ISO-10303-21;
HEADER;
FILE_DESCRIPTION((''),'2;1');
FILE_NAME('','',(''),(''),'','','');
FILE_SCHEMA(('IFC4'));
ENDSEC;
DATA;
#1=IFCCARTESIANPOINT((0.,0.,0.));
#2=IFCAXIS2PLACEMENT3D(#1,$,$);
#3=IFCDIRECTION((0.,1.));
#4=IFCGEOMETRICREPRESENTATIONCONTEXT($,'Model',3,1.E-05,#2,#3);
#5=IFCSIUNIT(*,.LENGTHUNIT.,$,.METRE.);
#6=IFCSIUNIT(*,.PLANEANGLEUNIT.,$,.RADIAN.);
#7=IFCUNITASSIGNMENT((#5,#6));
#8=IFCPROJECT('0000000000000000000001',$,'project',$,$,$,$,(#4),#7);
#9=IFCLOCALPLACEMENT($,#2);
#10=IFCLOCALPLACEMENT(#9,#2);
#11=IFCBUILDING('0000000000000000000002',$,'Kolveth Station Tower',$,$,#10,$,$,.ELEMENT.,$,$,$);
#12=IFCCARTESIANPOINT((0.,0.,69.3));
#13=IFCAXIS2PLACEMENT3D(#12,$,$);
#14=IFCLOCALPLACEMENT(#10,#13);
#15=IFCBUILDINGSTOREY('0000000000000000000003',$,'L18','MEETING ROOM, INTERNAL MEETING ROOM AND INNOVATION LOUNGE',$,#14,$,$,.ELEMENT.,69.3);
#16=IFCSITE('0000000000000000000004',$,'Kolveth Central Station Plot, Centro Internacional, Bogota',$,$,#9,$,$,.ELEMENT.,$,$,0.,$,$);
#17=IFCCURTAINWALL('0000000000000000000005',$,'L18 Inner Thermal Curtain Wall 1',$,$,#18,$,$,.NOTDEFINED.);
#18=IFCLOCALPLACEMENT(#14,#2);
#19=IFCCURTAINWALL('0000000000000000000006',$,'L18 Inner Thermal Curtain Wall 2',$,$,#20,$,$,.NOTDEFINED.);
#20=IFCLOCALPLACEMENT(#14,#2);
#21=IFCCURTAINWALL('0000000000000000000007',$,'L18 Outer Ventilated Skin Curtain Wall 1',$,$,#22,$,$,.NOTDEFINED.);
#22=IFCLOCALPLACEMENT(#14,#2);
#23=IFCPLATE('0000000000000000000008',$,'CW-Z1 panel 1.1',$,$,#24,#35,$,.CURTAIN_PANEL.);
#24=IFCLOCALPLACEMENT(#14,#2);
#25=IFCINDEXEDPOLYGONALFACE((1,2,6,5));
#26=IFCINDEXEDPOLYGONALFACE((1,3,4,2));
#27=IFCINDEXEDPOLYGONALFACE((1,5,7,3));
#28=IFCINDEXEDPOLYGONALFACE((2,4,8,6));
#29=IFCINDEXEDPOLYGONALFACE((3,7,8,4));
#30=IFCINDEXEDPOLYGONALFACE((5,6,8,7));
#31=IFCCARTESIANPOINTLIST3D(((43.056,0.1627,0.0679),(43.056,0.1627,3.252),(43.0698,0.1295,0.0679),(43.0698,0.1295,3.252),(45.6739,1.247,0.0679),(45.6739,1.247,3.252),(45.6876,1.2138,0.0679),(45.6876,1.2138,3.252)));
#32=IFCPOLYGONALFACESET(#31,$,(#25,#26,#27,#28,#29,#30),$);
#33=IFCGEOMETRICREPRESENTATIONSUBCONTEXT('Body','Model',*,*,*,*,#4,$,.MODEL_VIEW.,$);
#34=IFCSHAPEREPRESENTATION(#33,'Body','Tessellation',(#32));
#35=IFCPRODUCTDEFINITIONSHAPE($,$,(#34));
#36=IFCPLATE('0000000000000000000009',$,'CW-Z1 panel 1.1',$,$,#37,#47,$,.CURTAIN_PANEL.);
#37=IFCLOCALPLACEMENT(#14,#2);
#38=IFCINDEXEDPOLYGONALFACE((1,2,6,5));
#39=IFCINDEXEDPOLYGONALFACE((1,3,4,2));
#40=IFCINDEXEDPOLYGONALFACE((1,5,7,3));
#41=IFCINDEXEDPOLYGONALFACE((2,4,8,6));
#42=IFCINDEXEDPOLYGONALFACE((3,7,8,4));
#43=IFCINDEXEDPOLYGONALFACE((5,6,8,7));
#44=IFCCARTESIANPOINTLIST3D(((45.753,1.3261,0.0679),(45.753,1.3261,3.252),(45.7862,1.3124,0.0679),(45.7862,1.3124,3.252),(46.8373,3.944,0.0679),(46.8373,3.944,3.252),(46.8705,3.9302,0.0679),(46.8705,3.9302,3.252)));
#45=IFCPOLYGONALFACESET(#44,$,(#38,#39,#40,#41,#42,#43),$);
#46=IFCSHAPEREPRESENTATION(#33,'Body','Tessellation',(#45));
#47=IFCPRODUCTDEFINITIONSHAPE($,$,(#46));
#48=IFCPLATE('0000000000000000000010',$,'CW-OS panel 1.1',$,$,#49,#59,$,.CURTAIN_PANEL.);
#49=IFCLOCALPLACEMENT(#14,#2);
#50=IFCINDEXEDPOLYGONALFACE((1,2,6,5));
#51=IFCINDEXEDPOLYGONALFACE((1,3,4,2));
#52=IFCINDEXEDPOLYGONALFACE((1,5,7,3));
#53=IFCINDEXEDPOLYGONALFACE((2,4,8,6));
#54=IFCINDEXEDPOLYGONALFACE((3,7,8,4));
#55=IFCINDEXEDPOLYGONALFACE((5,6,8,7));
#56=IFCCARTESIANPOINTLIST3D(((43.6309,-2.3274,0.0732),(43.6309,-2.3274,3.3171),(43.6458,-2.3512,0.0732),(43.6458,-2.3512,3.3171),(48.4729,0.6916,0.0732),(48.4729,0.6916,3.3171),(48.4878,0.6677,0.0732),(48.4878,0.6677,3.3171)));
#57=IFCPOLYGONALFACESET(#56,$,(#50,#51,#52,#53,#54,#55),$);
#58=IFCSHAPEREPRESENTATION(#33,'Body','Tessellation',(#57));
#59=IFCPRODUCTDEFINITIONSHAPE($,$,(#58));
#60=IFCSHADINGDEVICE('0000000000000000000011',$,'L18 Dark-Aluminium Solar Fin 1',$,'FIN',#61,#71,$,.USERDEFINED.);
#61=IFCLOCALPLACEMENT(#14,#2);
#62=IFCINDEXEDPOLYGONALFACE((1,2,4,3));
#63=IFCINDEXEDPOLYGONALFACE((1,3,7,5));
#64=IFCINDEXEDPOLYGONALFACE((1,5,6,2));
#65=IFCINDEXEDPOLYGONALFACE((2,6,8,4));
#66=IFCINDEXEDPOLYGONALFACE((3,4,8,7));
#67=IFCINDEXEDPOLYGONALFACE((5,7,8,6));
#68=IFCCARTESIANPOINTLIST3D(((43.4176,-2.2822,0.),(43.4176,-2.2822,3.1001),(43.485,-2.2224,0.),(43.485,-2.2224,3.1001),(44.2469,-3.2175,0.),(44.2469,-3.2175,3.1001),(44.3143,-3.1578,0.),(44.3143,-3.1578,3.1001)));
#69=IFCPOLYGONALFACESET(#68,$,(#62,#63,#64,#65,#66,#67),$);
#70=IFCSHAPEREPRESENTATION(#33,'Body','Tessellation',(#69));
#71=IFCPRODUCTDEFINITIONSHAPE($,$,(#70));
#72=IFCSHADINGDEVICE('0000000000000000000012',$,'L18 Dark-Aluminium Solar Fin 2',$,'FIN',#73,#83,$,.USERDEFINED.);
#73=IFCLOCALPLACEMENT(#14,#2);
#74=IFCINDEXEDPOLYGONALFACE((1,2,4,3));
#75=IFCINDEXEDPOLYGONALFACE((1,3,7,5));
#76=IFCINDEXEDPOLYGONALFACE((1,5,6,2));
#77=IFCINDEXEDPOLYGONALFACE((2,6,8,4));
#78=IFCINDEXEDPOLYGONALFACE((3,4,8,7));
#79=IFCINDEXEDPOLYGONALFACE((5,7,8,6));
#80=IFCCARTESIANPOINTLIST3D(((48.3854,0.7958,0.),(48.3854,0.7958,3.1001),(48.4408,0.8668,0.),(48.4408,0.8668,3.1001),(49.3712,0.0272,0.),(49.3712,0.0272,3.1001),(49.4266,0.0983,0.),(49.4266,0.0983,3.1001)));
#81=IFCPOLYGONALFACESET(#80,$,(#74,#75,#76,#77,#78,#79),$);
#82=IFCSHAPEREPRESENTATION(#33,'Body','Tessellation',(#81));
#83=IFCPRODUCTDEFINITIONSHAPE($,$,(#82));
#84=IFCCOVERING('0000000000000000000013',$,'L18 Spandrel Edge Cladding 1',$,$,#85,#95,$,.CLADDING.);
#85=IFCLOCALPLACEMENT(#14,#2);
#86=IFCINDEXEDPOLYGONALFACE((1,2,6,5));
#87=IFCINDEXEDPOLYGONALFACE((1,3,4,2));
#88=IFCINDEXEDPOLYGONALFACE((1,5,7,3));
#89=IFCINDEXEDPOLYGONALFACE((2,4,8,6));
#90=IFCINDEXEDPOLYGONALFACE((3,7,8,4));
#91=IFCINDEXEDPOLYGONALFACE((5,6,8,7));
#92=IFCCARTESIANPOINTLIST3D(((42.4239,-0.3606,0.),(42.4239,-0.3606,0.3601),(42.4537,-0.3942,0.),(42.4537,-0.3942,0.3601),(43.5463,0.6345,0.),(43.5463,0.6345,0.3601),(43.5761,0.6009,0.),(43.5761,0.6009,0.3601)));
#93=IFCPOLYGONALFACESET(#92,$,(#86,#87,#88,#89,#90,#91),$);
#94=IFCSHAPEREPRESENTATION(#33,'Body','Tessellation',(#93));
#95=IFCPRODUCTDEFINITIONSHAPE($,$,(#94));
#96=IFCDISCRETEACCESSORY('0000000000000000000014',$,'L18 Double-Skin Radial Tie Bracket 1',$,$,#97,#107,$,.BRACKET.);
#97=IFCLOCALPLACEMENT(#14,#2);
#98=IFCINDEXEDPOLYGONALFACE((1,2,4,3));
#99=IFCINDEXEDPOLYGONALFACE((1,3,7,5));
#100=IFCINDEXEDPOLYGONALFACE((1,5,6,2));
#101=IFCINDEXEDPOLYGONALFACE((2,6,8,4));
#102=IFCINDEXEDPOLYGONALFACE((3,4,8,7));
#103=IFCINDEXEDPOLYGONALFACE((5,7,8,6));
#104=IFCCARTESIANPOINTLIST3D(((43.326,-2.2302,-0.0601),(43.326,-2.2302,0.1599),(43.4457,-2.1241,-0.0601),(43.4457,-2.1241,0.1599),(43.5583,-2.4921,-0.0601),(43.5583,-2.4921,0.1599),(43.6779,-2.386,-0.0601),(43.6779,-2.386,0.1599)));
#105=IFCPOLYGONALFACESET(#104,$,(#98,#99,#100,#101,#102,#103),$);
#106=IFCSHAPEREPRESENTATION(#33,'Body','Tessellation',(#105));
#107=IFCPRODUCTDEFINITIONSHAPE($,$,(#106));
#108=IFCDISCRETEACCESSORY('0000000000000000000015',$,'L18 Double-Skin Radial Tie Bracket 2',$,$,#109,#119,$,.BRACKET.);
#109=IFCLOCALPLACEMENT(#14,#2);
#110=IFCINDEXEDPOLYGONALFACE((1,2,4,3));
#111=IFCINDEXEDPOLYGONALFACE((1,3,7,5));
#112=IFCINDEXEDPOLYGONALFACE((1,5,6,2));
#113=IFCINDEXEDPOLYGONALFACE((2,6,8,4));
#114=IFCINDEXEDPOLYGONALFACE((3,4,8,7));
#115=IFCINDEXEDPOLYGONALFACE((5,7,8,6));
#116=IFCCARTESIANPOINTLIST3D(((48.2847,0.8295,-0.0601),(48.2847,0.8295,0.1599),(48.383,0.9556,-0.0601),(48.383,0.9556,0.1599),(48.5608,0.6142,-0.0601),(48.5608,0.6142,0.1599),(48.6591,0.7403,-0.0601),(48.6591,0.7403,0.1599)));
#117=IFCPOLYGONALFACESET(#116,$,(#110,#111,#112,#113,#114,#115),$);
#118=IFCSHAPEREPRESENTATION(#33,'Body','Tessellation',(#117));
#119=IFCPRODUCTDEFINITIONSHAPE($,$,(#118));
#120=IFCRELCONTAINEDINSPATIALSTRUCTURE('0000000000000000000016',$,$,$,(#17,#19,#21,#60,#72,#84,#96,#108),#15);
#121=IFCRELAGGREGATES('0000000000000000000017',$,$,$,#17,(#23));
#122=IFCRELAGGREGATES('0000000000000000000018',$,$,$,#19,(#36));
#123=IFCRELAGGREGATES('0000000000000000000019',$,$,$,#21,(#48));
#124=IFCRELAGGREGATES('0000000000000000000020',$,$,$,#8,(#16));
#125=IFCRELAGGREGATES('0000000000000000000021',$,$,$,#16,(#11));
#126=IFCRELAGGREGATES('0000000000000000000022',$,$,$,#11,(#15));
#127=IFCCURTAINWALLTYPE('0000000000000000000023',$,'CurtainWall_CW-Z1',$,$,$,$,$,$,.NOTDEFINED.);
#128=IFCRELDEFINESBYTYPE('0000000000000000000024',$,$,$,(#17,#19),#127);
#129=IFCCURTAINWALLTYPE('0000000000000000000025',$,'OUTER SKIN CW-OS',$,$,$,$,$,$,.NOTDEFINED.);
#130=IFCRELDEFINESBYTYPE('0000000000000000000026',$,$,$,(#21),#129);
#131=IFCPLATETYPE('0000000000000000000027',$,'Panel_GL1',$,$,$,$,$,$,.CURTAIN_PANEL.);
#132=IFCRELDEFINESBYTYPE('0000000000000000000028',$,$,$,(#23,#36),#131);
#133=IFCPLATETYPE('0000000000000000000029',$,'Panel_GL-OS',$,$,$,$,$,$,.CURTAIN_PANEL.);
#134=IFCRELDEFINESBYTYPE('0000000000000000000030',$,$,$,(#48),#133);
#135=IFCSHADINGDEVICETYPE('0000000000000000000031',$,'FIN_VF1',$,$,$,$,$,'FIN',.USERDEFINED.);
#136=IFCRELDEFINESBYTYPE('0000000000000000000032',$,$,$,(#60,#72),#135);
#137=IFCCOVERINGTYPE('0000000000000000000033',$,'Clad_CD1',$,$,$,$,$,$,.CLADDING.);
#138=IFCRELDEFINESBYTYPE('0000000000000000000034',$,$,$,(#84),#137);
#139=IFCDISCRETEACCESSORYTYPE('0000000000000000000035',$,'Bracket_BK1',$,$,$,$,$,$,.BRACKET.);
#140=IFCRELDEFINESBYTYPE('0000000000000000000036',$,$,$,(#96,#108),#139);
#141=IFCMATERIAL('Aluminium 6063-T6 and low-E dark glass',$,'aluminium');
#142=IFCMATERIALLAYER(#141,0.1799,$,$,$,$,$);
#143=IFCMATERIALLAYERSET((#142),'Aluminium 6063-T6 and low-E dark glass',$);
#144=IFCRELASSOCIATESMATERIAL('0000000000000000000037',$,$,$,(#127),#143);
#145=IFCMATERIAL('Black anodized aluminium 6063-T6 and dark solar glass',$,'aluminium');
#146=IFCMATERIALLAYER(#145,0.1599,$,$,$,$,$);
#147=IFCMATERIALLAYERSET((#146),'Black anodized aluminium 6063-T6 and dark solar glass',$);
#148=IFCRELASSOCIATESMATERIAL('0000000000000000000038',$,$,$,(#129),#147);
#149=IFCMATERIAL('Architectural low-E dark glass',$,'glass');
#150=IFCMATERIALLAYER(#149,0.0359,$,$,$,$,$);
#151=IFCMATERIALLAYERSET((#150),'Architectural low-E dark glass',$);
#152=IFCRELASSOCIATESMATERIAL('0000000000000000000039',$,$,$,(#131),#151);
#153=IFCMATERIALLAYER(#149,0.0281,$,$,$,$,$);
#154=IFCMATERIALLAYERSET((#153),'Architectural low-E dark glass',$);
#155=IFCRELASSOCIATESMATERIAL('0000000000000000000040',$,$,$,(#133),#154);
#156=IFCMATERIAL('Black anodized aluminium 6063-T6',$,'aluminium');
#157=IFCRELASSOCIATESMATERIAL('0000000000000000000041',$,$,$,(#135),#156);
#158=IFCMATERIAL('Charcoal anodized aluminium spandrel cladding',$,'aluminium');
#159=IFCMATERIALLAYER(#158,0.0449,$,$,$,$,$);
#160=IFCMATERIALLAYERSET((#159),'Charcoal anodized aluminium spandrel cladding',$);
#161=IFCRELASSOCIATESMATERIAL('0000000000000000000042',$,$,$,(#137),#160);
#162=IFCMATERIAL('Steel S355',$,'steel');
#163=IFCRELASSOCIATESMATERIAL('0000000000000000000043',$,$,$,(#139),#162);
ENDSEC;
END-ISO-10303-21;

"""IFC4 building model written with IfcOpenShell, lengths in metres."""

from ifc_helpers import new_model, si_unit, direction, frame, origin, origin_2d, place, context, subcontext, project, spatial, rectangle, extrude, source, transform, mapped, material, layer, layer_set, type_object, element, aggregate, save


model = new_model("IFC4")

# Units and contexts
model_context = context("Model", 3, precision=1e-05, world=origin(), true_north=direction((0.0, 1.0)))
body_context = subcontext(model_context, "Body", "Model", "MODEL_VIEW")
ifc_project = project(units=[si_unit("LENGTHUNIT", "METRE"), si_unit("PLANEANGLEUNIT", "RADIAN")], contexts=[model_context])

# Site, building, storey
site_placement = place(None, origin())
site = spatial("IfcSite", under=ifc_project, at=site_placement, Name="Kolveth Central Station Plot, Centro Internacional, Bogota", CompositionType="ELEMENT", RefElevation=0.0)
building_placement = place(site_placement, origin())
building = spatial("IfcBuilding", under=site, at=building_placement, Name="Kolveth Station Tower", CompositionType="ELEMENT")
storey_placement = place(building_placement, frame((0.0, 0.0, 69.3)))
storey = spatial("IfcBuildingStorey", under=building, at=storey_placement, Name="L18", Description="MEETING ROOM, INTERNAL MEETING ROOM AND INNOVATION LOUNGE", CompositionType="ELEMENT", Elevation=69.3)

# Shared definitions
ifc_material_1 = material(Name="Steel S355", Category="steel")

# Curtain walls
ifc_material_2 = material(Name="Aluminium 6063-T6 and low-E dark glass", Category="aluminium")
ifc_layer_1 = layer(ifc_material_2, 0.1799)
ifc_layer_set_1 = layer_set([ifc_layer_1], Name="Aluminium 6063-T6 and low-E dark glass")
curtain_wall_type_1 = type_object("IfcCurtainWallType", Name="CurtainWall_CW-Z1", PredefinedType="NOTDEFINED", material=ifc_layer_set_1)
curtain_wall_1_placement = place(storey_placement, origin())
curtain_wall_1 = element("IfcCurtainWall", 1, at=curtain_wall_1_placement, inside=storey, type_object=curtain_wall_type_1, Name="L18 Inner Thermal Curtain Wall 1", PredefinedType="NOTDEFINED")
ifc_material_3 = material(Name="Black anodized aluminium 6063-T6", Category="aluminium")
curtain_wall_2_placement = place(storey_placement, origin())
curtain_wall_2 = element("IfcCurtainWall", 2, at=curtain_wall_2_placement, inside=storey, type_object=curtain_wall_type_1, Name="L18 Inner Thermal Curtain Wall 2", PredefinedType="NOTDEFINED")

# Curtain wall
ifc_material_4 = material(Name="Black anodized aluminium 6063-T6 and dark solar glass", Category="aluminium")
ifc_layer_2 = layer(ifc_material_4, 0.1599)
ifc_layer_set_2 = layer_set([ifc_layer_2], Name="Black anodized aluminium 6063-T6 and dark solar glass")
curtain_wall_type_2 = type_object("IfcCurtainWallType", Name="OUTER SKIN CW-OS", PredefinedType="NOTDEFINED", material=ifc_layer_set_2)
curtain_wall_3_placement = place(storey_placement, origin())
curtain_wall_3 = element("IfcCurtainWall", 3, at=curtain_wall_3_placement, inside=storey, type_object=curtain_wall_type_2, Name="L18 Outer Ventilated Skin Curtain Wall 1", PredefinedType="NOTDEFINED")

# Plates
ifc_material_5 = material(Name="Architectural low-E dark glass", Category="glass")
ifc_layer_3 = layer(ifc_material_5, 0.0359)
ifc_layer_set_3 = layer_set([ifc_layer_3], Name="Architectural low-E dark glass")
plate_type_1 = type_object("IfcPlateType", Name="Panel_GL1", PredefinedType="CURTAIN_PANEL", material=ifc_layer_set_3)
shared_shape_1 = source(origin(), body_context, "Body", "SweptSolid", [
    extrude(rectangle(XDim=2.8335, YDim=0.0359, at=origin_2d()), origin(), (0.0, 0.0, 1.0), 3.1841),
])
plate_1_placement = place(storey_placement, frame((44.3718, 0.6882, 0.0679), z_axis=(0.0, 0.0, 1.0), x_axis=(0.923884, 0.382673, 0.0)))
plate_1 = element("IfcPlate", 4, at=plate_1_placement, type_object=plate_type_1, Name="CW-Z1 panel 1.1", PredefinedType="CURTAIN_PANEL", context=body_context, shape_type="MappedRepresentation", body=[
    mapped(shared_shape_1, transform((0.0, 0.0, 0.0), x_axis=(1.0, 0.0, 0.0), y_axis=(0.0, 1.0, 0.0), z_axis=(0.0, 0.0, 1.0), scale=1.0)),
])
aggregate(curtain_wall_1, [plate_1])
plate_2_placement = place(storey_placement, frame((46.3118, 2.6282, 0.0679), z_axis=(0.0, 0.0, 1.0), x_axis=(0.382673, 0.923884, 0.0)))
plate_2 = element("IfcPlate", 5, at=plate_2_placement, type_object=plate_type_1, Name="CW-Z1 panel 1.1", PredefinedType="CURTAIN_PANEL", context=body_context, shape_type="MappedRepresentation", body=[
    mapped(shared_shape_1, transform((0.0, 0.0, 0.0), x_axis=(1.0, 0.0, 0.0), y_axis=(0.0, 1.0, 0.0), z_axis=(0.0, 0.0, 1.0), scale=1.0)),
])
aggregate(curtain_wall_2, [plate_2])
ifc_layer_4 = layer(ifc_material_5, 0.0281)
ifc_layer_set_4 = layer_set([ifc_layer_4], Name="Architectural low-E dark glass")
plate_type_2 = type_object("IfcPlateType", Name="Panel_GL-OS", PredefinedType="CURTAIN_PANEL", material=ifc_layer_set_4)
shared_shape_2 = source(origin(), body_context, "Body", "SweptSolid", [
    extrude(rectangle(XDim=5.7061, YDim=0.0281, at=origin_2d()), origin(), (0.0, 0.0, 1.0), 3.2439),
])
plate_3_placement = place(storey_placement, frame((46.0593, -0.8298, 0.0732), z_axis=(0.0, 0.0, 1.0), x_axis=(0.848573, 0.529079, 0.0)))
plate_3 = element("IfcPlate", 6, at=plate_3_placement, type_object=plate_type_2, Name="CW-OS panel 1.1", PredefinedType="CURTAIN_PANEL", context=body_context, shape_type="MappedRepresentation", body=[
    mapped(shared_shape_2, transform((0.0, 0.0, 0.0), x_axis=(1.0, 0.0, 0.0), y_axis=(0.0, 1.0, 0.0), z_axis=(0.0, 0.0, 1.0), scale=1.0)),
])
aggregate(curtain_wall_3, [plate_3])

# Shading devices
shading_device_type = type_object("IfcShadingDeviceType", Name="FIN_VF1", ElementType="FIN", PredefinedType="USERDEFINED", material=ifc_material_3)
shared_shape_3 = source(origin(), body_context, "Body", "SweptSolid", [
    extrude(rectangle(XDim=1.25, YDim=0.0901, at=origin_2d()), origin(), (0.0, 0.0, 1.0), 3.1001),
])
for number, where, z_axis, x_axis, name in (
    (7, (43.866, -2.72, 0.0), (0.0, 0.0, 1.0), (0.663404, -0.748261, 0.0), "L18 Dark-Aluminium Solar Fin 1"),
    (8, (48.906, 0.447, 0.0), (0.0, 0.0, 1.0), (0.788655, -0.614836, 0.0), "L18 Dark-Aluminium Solar Fin 2"),
):
    element("IfcShadingDevice", number, at=place(storey_placement, frame(where, z_axis=z_axis, x_axis=x_axis)), inside=storey, type_object=shading_device_type, Name=name, ObjectType="FIN", PredefinedType="USERDEFINED", context=body_context, shape_type="MappedRepresentation", body=[
        mapped(shared_shape_3, transform((0.0, 0.0, 0.0), x_axis=(1.0, 0.0, 0.0), y_axis=(0.0, 1.0, 0.0), z_axis=(0.0, 0.0, 1.0), scale=1.0)),
    ])

# Covering
ifc_material_6 = material(Name="Charcoal anodized aluminium spandrel cladding", Category="aluminium")
ifc_layer_5 = layer(ifc_material_6, 0.0449)
ifc_layer_set_5 = layer_set([ifc_layer_5], Name="Charcoal anodized aluminium spandrel cladding")
covering_type = type_object("IfcCoveringType", Name="Clad_CD1", PredefinedType="CLADDING", material=ifc_layer_set_5)
shared_shape_4 = source(origin(), body_context, "Body", "SweptSolid", [
    extrude(rectangle(XDim=1.5, YDim=0.0449, at=origin_2d()), origin(), (0.0, 0.0, 1.0), 0.3601),
])
covering_placement = place(storey_placement, frame((43.0, 0.1201, 0.0), z_axis=(0.0, 0.0, 1.0), x_axis=(0.748261, 0.663404, 0.0)))
element("IfcCovering", 9, at=covering_placement, inside=storey, type_object=covering_type, Name="L18 Spandrel Edge Cladding 1", PredefinedType="CLADDING", context=body_context, shape_type="MappedRepresentation", body=[
    mapped(shared_shape_4, transform((0.0, 0.0, 0.0), x_axis=(1.0, 0.0, 0.0), y_axis=(0.0, 1.0, 0.0), z_axis=(0.0, 0.0, 1.0), scale=1.0)),
])

# Discrete accessories
discrete_accessory_type = type_object("IfcDiscreteAccessoryType", Name="Bracket_BK1", PredefinedType="BRACKET", material=ifc_material_1)
shared_shape_5 = source(origin(), body_context, "Body", "SweptSolid", [
    extrude(rectangle(XDim=0.3501, YDim=0.1599, at=origin_2d()), origin(), (0.0, 0.0, 1.0), 0.22),
])
for number, where, z_axis, x_axis, name in (
    (10, (43.502, -2.3081, -0.0601), (0.0, 0.0, 1.0), (0.663404, -0.748261, 0.0), "L18 Double-Skin Radial Tie Bracket 1"),
    (11, (48.4719, 0.7849, -0.0601), (0.0, 0.0, 1.0), (0.788655, -0.614836, 0.0), "L18 Double-Skin Radial Tie Bracket 2"),
):
    element("IfcDiscreteAccessory", number, at=place(storey_placement, frame(where, z_axis=z_axis, x_axis=x_axis)), inside=storey, type_object=discrete_accessory_type, Name=name, PredefinedType="BRACKET", context=body_context, shape_type="MappedRepresentation", body=[
        mapped(shared_shape_5, transform((0.0, 0.0, 0.0), x_axis=(1.0, 0.0, 0.0), y_axis=(0.0, 1.0, 0.0), z_axis=(0.0, 0.0, 1.0), scale=1.0)),
    ])

save(model, "model.ifc")
